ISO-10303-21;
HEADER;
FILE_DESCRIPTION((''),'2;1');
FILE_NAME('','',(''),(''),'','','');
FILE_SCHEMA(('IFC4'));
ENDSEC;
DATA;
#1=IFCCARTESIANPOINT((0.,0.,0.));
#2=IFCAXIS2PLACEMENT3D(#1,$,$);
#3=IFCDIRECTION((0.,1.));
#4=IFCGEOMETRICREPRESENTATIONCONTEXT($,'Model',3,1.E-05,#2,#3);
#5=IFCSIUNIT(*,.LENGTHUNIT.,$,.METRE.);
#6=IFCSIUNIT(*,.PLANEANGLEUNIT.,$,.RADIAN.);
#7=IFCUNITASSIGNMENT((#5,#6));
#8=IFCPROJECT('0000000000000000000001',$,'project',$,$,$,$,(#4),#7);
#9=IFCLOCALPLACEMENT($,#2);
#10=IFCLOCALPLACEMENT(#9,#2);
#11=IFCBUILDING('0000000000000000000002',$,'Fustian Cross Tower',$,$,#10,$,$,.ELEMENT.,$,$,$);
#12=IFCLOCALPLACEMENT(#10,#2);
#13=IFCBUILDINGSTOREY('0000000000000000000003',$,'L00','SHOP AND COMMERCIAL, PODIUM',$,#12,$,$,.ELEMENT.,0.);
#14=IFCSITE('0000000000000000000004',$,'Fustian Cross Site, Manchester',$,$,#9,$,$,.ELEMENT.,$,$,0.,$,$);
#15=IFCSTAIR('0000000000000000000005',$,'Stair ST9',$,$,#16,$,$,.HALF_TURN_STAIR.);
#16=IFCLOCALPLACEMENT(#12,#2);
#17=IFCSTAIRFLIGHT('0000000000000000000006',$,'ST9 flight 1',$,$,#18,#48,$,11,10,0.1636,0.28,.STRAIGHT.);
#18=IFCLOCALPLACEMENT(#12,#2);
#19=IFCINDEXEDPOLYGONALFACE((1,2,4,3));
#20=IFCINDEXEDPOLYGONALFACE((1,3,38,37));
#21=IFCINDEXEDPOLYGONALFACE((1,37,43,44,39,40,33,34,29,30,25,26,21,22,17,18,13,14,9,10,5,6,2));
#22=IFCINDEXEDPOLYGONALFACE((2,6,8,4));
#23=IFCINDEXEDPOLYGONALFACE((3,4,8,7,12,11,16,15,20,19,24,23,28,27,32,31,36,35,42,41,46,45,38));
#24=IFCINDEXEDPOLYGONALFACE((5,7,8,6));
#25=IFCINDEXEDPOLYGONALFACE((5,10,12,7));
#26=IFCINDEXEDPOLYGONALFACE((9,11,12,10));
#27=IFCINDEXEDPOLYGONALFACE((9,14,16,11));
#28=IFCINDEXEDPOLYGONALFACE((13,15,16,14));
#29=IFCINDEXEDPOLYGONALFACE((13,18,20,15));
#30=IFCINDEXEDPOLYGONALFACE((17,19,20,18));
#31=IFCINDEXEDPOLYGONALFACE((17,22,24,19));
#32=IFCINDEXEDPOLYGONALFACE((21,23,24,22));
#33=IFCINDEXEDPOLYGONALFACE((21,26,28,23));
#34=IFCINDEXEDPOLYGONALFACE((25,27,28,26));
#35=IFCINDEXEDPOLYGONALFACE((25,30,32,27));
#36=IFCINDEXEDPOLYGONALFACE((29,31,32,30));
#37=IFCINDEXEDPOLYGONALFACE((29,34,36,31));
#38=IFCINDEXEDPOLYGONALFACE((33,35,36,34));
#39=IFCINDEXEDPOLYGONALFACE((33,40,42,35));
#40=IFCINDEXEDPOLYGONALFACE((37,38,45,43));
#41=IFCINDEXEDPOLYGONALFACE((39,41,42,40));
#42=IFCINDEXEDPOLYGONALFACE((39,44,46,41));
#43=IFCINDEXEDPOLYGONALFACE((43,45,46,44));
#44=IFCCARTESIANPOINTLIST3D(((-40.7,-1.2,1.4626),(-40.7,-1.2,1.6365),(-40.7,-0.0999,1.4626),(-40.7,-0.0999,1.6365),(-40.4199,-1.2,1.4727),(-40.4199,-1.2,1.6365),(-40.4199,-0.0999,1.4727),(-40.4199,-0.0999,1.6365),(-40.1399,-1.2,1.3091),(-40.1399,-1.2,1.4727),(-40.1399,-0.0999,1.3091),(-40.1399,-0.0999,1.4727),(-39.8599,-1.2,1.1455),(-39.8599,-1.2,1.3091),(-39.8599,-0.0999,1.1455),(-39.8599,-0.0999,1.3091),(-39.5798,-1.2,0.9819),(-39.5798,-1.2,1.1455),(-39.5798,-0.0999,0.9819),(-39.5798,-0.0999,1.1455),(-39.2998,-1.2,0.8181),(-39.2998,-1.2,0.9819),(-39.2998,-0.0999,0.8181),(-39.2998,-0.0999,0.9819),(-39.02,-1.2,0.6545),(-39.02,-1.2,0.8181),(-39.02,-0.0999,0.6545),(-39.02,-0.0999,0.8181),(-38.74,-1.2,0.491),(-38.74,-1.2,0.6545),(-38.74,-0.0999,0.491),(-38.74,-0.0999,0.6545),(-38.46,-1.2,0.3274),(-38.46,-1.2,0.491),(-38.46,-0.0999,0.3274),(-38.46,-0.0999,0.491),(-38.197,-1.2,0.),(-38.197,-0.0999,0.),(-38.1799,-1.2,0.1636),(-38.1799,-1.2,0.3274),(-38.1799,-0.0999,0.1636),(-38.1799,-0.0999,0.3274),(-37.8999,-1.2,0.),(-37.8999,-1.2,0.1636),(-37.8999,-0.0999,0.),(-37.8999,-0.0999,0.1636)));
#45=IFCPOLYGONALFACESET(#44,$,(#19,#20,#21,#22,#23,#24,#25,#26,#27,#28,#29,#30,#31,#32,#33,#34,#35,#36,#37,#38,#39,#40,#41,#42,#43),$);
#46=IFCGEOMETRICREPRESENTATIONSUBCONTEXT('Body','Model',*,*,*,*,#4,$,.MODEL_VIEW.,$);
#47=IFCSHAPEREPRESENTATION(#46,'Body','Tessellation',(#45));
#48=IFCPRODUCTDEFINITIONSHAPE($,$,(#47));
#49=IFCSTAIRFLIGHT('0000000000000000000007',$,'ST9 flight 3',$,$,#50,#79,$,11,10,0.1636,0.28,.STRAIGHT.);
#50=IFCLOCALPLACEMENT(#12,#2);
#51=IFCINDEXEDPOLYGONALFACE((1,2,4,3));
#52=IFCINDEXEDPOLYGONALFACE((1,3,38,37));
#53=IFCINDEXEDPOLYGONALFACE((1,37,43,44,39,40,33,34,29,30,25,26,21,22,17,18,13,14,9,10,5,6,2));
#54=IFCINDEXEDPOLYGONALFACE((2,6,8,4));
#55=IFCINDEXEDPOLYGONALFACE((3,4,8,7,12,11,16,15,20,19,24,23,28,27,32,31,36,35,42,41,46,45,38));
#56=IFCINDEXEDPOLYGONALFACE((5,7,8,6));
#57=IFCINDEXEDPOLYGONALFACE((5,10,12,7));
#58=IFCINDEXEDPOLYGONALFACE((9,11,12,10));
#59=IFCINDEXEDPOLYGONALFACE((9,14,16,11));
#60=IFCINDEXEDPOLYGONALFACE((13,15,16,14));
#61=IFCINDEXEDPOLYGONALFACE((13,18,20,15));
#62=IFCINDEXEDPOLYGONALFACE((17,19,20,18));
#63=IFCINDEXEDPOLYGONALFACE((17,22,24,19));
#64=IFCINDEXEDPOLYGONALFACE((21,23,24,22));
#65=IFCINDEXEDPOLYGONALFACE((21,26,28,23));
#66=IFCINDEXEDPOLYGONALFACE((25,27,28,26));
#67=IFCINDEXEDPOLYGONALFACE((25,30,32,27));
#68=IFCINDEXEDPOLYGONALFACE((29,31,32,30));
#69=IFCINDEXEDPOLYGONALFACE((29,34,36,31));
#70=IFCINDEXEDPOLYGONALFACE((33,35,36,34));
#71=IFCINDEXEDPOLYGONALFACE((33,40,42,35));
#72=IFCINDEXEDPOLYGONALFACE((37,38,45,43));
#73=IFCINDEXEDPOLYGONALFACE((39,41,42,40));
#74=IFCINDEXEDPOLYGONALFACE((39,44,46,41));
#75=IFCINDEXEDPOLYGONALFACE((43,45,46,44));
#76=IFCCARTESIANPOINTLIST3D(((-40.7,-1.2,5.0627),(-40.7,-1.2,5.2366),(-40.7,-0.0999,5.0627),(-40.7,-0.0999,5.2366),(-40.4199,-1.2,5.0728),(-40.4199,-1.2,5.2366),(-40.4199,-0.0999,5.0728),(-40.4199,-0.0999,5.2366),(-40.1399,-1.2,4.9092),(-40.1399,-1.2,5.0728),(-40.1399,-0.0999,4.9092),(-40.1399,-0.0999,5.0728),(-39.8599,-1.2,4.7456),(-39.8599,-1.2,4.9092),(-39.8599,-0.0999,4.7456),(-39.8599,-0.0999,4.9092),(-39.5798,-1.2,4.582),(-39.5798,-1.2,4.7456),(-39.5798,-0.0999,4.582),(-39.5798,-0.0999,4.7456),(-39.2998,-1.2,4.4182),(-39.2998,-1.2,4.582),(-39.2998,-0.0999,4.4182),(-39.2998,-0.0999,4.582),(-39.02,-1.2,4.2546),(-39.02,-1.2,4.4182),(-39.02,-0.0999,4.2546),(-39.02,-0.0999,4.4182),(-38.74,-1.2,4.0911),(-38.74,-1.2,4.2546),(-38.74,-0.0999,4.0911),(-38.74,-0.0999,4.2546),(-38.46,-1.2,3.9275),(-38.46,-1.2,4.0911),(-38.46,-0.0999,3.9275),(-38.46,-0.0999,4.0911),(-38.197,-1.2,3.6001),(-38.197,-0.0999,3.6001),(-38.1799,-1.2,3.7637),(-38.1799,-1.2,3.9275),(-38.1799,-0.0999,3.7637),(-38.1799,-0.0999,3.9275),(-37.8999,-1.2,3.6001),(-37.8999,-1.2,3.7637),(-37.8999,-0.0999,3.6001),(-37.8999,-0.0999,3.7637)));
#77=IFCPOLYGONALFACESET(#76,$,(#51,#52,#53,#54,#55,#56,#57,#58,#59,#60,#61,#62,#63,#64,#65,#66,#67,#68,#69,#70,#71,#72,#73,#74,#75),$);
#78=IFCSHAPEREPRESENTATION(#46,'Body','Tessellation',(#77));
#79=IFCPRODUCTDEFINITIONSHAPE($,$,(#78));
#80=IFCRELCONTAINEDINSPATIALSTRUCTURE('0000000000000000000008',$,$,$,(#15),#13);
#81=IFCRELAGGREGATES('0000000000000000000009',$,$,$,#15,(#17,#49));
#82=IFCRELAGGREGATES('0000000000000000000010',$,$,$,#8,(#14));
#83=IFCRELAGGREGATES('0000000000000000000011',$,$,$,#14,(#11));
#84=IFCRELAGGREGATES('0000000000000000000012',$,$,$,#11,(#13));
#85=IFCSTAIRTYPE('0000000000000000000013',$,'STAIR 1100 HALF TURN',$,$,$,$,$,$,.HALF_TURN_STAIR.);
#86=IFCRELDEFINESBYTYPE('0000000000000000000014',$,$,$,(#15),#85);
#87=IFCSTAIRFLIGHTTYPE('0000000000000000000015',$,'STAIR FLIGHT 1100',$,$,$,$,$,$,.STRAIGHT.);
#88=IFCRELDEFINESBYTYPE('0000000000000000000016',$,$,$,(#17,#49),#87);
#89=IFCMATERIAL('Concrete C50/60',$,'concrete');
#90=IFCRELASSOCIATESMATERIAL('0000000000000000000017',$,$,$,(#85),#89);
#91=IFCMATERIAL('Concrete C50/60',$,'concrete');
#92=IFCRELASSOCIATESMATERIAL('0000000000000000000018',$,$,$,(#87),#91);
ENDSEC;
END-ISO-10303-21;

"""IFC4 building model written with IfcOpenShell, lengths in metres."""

from ifc_helpers import new_model, si_unit, direction, frame, origin, place, context, subcontext, project, spatial, polyline, outline, extrude, material, type_object, element, aggregate, save


model = new_model("IFC4")

# Units and contexts
model_context = context("Model", 3, precision=1e-05, world=origin(), true_north=direction((0.0, 1.0)))
body_context = subcontext(model_context, "Body", "Model", "MODEL_VIEW")
ifc_project = project(units=[si_unit("LENGTHUNIT", "METRE"), si_unit("PLANEANGLEUNIT", "RADIAN")], contexts=[model_context])

# Site, building, storey
site_placement = place(None, origin())
site = spatial("IfcSite", under=ifc_project, at=site_placement, Name="Fustian Cross Site, Manchester", CompositionType="ELEMENT", RefElevation=0.0)
building_placement = place(site_placement, origin())
building = spatial("IfcBuilding", under=site, at=building_placement, Name="Fustian Cross Tower", CompositionType="ELEMENT")
storey_placement = place(building_placement, origin())
storey = spatial("IfcBuildingStorey", under=building, at=storey_placement, Name="L00", Description="SHOP AND COMMERCIAL, PODIUM", CompositionType="ELEMENT", Elevation=0.0)

# Stair, stair flights
ifc_material_1 = material(Name="Concrete C50/60", Category="concrete")
stair_type = type_object("IfcStairType", Name="STAIR 1100 HALF TURN", PredefinedType="HALF_TURN_STAIR", material=ifc_material_1)
stair_placement = place(storey_placement, origin())
stair = element("IfcStair", 1, at=stair_placement, inside=storey, type_object=stair_type, Name="Stair ST9", PredefinedType="HALF_TURN_STAIR")
ifc_material_2 = material(Name="Concrete C50/60", Category="concrete")
stair_flight_type = type_object("IfcStairFlightType", Name="STAIR FLIGHT 1100", PredefinedType="STRAIGHT", material=ifc_material_2)
stair_flight_1_placement = place(storey_placement, frame((-37.8999, -0.6499, 0.0), z_axis=(0.0, 0.0, 1.0), x_axis=(-1.0, 0.0, 0.0)))
stair_flight_1 = element("IfcStairFlight", 2, at=stair_flight_1_placement, type_object=stair_flight_type, Name="ST9 flight 1", NumberOfRisers=11, NumberOfTreads=10, PredefinedType="STRAIGHT", RiserHeight=0.1636, TreadLength=0.28, context=body_context, shape_type="SweptSolid", body=[
    extrude(outline(polyline([(0.0, 0.0), (0.0, 0.1636), (0.28, 0.1636), (0.28, 0.3274), (0.5601, 0.3274), (0.5601, 0.491), (0.8401, 0.491), (0.8401, 0.6545), (1.1201, 0.6545), (1.1201, 0.8181), (1.3999, 0.8181), (1.3999, 0.9819), (1.6799, 0.9819), (1.6799, 1.1455), (1.96, 1.1455), (1.96, 1.3091), (2.24, 1.3091), (2.24, 1.4727), (2.52, 1.4727), (2.52, 1.6365), (2.8, 1.6365), (2.8, 1.8), (2.8, 1.4626), (0.2971, 0.0), (0.0, 0.0)])), frame((0.0, 0.55, 0.0), z_axis=(0.0, -1.0, 0.0), x_axis=(1.0, 0.0, 0.0)), (0.0, 0.0, 1.0), 1.1001),
])
stair_flight_2_placement = place(storey_placement, frame((-37.8999, -0.6499, 3.6001), z_axis=(0.0, 0.0, 1.0), x_axis=(-1.0, 0.0, 0.0)))
stair_flight_2 = element("IfcStairFlight", 3, at=stair_flight_2_placement, type_object=stair_flight_type, Name="ST9 flight 3", NumberOfRisers=11, NumberOfTreads=10, PredefinedType="STRAIGHT", RiserHeight=0.1636, TreadLength=0.28, context=body_context, shape_type="SweptSolid", body=[
    extrude(outline(polyline([(0.0, 0.0), (0.0, 0.1636), (0.28, 0.1636), (0.28, 0.3274), (0.5601, 0.3274), (0.5601, 0.491), (0.8401, 0.491), (0.8401, 0.6545), (1.1201, 0.6545), (1.1201, 0.8181), (1.3999, 0.8181), (1.3999, 0.9819), (1.6799, 0.9819), (1.6799, 1.1455), (1.96, 1.1455), (1.96, 1.3091), (2.24, 1.3091), (2.24, 1.4727), (2.52, 1.4727), (2.52, 1.6365), (2.8, 1.6365), (2.8, 1.8), (2.8, 1.4626), (0.2971, 0.0), (0.0, 0.0)])), frame((0.0, 0.55, 0.0), z_axis=(0.0, -1.0, 0.0), x_axis=(1.0, 0.0, 0.0)), (0.0, 0.0, 1.0), 1.1001),
])
aggregate(stair, [stair_flight_1, stair_flight_2])

save(model, "model.ifc")
